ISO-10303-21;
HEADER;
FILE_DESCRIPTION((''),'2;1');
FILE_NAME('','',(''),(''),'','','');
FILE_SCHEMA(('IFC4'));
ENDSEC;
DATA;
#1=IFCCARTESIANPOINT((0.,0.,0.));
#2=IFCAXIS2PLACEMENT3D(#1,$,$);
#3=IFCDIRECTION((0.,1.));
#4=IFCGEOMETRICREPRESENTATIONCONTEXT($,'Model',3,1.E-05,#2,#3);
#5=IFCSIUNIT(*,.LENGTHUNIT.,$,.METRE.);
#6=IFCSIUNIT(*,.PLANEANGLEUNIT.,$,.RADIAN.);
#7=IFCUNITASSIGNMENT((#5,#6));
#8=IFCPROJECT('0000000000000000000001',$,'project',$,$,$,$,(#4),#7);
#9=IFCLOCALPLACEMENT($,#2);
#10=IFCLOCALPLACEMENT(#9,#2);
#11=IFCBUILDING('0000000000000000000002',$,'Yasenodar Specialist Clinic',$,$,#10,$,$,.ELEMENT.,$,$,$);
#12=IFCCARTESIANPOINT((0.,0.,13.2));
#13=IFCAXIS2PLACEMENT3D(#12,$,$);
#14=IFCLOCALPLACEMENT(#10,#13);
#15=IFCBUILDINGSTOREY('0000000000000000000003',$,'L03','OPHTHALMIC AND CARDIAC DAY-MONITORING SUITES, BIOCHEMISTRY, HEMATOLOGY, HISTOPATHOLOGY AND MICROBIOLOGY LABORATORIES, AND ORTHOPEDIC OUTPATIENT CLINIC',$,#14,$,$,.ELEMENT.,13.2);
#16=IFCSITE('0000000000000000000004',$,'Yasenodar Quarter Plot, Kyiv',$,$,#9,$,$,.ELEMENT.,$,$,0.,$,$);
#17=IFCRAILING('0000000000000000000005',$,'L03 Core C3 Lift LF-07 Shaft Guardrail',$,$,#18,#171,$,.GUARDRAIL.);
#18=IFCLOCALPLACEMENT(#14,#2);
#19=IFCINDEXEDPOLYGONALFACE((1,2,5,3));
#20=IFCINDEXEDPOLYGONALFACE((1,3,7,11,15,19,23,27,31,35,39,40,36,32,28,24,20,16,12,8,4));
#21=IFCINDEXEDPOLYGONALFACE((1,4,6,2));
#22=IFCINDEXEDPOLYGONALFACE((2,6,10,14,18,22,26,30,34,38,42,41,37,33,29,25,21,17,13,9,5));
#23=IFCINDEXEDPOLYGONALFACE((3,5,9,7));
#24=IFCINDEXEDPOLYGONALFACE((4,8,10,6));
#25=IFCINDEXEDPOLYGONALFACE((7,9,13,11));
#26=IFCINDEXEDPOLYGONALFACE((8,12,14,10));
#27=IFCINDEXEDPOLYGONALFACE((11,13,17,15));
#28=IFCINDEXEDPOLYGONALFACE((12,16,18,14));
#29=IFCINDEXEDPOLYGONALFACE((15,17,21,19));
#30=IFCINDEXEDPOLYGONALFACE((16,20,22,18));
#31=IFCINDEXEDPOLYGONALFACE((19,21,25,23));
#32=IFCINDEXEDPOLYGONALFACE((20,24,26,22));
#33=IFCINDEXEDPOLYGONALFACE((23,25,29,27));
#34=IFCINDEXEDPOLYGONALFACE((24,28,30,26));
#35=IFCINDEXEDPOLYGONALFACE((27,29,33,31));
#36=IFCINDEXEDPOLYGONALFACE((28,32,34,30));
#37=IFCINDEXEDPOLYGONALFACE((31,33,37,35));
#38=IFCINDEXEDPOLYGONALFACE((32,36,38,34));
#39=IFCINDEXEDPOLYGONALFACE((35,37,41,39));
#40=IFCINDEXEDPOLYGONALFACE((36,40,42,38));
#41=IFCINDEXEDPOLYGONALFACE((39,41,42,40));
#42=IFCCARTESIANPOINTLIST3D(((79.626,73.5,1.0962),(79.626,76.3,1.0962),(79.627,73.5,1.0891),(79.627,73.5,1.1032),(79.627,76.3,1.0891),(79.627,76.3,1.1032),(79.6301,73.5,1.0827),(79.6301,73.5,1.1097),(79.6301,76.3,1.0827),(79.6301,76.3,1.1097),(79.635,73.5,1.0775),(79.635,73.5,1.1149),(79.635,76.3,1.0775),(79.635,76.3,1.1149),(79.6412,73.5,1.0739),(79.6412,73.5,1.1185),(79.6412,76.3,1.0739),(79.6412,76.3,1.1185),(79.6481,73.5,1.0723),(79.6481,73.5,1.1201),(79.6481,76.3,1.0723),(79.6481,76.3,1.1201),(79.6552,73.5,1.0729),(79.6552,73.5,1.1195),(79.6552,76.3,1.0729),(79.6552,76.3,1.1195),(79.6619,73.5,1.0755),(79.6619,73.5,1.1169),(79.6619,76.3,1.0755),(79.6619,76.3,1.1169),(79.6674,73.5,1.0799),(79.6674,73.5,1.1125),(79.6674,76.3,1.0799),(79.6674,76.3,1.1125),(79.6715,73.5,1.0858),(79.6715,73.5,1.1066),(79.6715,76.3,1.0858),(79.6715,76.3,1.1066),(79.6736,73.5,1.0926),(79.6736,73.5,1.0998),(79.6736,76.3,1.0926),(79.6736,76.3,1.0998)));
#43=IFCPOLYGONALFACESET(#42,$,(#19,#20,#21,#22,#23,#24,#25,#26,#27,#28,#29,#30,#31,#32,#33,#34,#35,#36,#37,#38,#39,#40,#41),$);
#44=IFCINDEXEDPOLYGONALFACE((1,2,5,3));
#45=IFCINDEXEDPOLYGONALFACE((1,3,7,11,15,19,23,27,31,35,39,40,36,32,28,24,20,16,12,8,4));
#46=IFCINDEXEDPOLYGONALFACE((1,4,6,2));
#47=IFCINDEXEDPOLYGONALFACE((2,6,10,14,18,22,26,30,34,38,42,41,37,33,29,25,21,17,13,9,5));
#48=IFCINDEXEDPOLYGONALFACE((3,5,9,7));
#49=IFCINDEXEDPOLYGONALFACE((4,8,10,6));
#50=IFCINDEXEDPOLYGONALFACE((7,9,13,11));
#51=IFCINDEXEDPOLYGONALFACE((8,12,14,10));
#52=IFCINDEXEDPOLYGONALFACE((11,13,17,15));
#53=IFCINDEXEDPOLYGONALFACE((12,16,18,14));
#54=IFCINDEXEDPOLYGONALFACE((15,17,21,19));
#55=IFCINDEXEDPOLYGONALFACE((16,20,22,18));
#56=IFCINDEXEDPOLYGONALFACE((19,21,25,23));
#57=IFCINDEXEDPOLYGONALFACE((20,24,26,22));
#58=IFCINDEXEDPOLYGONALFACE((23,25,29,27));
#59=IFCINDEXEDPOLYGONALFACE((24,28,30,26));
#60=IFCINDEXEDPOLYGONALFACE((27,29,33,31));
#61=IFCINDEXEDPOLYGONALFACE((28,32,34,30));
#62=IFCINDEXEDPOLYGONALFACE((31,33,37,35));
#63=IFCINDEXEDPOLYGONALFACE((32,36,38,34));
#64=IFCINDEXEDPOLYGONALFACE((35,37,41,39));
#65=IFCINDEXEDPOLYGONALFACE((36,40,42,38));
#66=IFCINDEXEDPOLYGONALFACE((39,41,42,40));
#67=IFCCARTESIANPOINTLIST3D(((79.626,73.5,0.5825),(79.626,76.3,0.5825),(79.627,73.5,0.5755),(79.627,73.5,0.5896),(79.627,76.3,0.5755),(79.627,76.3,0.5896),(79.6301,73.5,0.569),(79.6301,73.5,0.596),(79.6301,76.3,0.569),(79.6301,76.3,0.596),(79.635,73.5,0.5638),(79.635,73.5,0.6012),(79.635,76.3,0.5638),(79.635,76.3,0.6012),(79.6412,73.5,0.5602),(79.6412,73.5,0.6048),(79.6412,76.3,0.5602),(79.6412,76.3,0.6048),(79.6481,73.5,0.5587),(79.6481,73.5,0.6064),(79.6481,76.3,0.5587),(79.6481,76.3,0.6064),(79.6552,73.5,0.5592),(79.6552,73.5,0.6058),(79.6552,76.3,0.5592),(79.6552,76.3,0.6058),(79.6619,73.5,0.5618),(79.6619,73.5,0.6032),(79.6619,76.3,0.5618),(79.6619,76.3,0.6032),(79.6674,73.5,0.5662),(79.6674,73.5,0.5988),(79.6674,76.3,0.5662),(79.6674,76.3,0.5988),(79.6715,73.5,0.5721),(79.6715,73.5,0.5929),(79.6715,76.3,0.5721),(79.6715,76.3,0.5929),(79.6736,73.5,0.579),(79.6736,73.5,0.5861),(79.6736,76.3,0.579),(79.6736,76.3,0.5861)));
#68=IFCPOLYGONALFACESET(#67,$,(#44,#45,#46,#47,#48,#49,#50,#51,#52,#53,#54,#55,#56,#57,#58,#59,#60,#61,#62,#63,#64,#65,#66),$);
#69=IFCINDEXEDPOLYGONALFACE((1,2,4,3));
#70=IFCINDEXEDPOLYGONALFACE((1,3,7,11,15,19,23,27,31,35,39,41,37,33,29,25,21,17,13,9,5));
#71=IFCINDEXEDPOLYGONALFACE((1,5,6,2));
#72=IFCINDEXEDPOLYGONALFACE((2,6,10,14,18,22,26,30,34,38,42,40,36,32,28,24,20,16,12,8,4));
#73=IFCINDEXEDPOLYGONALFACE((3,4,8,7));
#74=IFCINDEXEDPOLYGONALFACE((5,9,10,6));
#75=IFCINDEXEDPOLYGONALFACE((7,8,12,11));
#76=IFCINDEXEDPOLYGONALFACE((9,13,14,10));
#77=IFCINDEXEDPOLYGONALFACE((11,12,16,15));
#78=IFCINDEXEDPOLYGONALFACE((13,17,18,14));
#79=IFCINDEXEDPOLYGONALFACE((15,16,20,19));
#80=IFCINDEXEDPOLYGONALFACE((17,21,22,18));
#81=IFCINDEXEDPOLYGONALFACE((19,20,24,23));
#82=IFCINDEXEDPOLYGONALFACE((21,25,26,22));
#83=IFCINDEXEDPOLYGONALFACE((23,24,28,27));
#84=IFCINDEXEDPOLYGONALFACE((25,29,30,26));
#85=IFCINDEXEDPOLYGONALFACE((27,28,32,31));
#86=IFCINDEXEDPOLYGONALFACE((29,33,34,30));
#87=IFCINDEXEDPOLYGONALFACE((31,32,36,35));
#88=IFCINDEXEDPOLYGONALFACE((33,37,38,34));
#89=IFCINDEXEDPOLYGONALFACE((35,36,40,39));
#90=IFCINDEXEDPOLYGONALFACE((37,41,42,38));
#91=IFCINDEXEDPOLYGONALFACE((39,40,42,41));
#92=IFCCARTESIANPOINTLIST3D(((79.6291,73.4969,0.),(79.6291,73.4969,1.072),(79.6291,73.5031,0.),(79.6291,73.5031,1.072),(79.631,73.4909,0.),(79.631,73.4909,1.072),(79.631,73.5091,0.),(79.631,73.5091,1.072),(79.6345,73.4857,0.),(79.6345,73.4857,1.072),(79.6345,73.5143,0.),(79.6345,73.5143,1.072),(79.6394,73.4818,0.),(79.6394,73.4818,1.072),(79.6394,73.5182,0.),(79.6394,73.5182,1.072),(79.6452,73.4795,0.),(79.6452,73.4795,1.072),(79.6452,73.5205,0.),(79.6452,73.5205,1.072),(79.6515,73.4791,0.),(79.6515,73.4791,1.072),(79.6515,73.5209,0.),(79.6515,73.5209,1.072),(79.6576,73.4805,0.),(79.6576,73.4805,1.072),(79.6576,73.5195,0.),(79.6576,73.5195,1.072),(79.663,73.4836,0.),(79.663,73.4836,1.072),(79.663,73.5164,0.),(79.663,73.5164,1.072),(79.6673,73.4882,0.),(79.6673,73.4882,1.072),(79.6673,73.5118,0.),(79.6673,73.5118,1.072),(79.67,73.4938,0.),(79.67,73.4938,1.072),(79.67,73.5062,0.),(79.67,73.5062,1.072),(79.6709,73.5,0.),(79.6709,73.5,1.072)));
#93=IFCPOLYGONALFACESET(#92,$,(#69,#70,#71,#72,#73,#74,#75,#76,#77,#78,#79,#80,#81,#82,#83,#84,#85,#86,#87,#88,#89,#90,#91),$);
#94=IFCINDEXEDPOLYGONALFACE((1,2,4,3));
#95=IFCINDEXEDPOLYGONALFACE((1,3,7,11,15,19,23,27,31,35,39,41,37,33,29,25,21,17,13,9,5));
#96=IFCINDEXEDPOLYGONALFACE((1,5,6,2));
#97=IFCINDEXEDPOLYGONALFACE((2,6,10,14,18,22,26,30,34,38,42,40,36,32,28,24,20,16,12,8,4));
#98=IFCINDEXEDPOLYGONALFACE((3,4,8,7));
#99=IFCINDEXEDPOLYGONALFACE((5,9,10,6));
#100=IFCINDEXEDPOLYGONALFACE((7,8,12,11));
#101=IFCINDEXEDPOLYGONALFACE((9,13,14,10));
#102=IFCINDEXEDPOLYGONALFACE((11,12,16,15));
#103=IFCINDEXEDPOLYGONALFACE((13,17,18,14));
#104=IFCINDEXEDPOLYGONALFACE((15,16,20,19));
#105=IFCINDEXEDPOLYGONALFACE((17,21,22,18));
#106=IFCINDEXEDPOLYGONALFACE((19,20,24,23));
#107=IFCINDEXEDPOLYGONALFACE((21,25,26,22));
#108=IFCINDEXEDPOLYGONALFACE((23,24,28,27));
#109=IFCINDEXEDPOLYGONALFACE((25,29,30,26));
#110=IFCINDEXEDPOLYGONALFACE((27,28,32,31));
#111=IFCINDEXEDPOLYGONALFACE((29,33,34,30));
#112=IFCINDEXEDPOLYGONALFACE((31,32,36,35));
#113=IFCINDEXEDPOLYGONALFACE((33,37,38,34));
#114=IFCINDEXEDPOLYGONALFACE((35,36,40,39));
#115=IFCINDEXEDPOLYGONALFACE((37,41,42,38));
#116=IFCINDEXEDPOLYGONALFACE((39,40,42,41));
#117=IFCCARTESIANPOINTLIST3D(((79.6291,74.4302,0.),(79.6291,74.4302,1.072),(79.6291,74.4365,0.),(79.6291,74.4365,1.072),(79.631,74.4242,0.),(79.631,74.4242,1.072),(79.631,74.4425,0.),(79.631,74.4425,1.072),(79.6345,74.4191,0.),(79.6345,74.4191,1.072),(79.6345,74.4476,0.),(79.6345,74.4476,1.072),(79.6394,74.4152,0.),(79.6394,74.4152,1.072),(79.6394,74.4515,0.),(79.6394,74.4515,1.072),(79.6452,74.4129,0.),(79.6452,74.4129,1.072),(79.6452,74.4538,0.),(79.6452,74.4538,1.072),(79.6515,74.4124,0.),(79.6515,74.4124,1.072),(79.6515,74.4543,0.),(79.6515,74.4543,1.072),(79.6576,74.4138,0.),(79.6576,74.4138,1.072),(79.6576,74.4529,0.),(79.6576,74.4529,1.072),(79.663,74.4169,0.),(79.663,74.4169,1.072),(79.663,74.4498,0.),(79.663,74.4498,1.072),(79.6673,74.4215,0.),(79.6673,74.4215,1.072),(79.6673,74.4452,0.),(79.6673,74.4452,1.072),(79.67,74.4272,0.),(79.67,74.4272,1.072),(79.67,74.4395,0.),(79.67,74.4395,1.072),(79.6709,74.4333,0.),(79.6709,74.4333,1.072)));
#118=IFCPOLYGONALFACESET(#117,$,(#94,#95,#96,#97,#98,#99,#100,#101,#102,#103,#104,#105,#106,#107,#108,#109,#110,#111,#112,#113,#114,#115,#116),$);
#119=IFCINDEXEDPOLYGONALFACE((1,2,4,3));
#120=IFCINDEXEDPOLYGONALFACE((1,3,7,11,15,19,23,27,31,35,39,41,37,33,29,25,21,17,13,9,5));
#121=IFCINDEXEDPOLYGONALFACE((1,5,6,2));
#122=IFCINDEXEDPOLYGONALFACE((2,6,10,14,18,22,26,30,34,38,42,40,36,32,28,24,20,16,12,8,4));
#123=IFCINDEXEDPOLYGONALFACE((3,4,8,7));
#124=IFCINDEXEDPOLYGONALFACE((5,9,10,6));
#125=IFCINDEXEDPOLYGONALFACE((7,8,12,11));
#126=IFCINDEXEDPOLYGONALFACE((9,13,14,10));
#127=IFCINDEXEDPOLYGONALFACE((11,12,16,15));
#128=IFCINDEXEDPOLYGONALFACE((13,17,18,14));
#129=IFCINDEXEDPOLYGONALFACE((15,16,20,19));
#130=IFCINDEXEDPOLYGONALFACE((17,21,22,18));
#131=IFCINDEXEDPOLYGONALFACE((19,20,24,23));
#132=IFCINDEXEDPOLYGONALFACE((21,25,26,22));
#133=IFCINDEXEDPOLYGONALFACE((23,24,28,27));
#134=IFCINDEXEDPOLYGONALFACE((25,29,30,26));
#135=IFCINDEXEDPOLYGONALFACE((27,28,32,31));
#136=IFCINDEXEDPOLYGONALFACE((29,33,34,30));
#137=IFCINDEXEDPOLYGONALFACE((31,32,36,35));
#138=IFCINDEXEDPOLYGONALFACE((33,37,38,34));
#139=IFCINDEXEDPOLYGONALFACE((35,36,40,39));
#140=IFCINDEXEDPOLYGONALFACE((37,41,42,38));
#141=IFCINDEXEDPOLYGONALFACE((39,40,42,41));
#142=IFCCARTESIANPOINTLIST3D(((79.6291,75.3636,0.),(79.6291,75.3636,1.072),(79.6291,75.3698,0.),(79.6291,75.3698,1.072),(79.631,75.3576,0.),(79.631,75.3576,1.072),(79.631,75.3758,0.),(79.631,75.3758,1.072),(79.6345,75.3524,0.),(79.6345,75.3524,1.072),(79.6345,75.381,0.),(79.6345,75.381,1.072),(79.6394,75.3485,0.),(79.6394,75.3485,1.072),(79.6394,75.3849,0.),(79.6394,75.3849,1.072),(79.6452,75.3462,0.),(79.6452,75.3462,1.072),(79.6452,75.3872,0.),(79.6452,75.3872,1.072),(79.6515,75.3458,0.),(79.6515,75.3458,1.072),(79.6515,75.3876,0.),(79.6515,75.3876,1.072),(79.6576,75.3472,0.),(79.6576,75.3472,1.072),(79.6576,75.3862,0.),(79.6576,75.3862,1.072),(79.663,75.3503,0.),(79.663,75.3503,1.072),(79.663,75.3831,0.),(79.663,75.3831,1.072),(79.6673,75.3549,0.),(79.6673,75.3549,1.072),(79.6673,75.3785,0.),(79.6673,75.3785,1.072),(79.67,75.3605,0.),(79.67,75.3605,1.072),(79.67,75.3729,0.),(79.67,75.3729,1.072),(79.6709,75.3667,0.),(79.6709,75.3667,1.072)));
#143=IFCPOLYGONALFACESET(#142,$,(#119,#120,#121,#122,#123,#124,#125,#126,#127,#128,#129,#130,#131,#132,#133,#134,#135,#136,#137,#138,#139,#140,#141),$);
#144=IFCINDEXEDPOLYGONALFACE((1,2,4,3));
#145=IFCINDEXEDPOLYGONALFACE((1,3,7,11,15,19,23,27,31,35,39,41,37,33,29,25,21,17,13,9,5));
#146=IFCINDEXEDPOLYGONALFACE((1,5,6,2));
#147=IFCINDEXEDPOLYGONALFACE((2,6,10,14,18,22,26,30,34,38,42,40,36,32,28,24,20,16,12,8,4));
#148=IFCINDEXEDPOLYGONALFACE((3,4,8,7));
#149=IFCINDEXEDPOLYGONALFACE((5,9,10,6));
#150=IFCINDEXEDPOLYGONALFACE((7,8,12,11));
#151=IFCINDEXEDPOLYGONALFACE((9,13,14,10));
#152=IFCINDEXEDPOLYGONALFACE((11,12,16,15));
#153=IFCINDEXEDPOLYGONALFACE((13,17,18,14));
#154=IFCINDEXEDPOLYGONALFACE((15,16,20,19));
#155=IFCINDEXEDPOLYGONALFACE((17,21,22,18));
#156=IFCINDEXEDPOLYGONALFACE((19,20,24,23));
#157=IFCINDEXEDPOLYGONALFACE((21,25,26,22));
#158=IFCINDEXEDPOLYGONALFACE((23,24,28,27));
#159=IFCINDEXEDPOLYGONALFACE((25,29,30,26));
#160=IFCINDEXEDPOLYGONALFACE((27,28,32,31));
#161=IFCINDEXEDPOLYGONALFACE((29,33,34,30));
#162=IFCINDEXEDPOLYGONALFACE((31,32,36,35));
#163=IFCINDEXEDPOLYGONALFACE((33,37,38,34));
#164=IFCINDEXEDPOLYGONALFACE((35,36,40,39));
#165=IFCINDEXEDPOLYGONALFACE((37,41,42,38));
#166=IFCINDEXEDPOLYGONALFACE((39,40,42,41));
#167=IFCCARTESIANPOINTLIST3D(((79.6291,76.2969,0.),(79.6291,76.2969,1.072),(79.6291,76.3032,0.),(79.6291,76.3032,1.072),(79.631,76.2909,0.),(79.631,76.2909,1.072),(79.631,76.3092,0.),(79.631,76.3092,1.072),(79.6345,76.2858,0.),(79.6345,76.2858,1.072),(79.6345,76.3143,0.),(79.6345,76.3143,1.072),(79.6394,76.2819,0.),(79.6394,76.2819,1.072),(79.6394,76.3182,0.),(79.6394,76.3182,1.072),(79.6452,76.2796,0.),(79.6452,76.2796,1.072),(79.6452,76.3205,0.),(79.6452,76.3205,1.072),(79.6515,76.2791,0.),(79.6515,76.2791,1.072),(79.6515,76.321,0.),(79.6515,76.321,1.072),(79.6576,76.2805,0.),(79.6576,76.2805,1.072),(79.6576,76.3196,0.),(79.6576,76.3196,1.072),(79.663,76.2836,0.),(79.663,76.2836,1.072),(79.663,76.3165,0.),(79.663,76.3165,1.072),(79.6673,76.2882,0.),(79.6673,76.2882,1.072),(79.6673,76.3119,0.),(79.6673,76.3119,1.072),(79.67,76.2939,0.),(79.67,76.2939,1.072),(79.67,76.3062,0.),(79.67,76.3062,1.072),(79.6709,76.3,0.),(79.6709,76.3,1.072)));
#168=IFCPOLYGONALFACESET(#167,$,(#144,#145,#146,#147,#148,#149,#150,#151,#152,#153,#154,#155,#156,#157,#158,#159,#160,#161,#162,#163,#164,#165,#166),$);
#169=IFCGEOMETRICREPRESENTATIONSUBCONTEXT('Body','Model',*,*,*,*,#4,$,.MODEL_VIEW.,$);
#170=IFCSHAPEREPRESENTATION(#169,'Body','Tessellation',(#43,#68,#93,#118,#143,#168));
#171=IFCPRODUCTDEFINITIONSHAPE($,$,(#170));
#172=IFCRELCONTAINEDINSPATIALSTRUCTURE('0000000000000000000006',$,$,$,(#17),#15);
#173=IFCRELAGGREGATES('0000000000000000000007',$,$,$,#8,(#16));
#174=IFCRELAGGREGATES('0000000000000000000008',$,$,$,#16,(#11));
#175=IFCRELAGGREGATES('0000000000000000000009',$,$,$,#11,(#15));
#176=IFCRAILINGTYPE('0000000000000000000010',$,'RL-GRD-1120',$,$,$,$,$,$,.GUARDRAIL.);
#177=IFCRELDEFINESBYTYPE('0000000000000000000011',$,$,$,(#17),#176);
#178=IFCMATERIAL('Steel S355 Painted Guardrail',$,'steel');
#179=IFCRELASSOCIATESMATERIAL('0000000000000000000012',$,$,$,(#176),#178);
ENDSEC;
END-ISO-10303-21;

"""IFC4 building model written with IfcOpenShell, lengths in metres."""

from ifc_helpers import new_model, si_unit, direction, frame, origin, origin_2d, place, context, subcontext, project, spatial, circle, extrude, material, type_object, element, save


model = new_model("IFC4")

# Units and contexts
model_context = context("Model", 3, precision=1e-05, world=origin(), true_north=direction((0.0, 1.0)))
body_context = subcontext(model_context, "Body", "Model", "MODEL_VIEW")
ifc_project = project(units=[si_unit("LENGTHUNIT", "METRE"), si_unit("PLANEANGLEUNIT", "RADIAN")], contexts=[model_context])

# Site, building, storey
site_placement = place(None, origin())
site = spatial("IfcSite", under=ifc_project, at=site_placement, Name="Yasenodar Quarter Plot, Kyiv", CompositionType="ELEMENT", RefElevation=0.0)
building_placement = place(site_placement, origin())
building = spatial("IfcBuilding", under=site, at=building_placement, Name="Yasenodar Specialist Clinic", CompositionType="ELEMENT")
storey_placement = place(building_placement, frame((0.0, 0.0, 13.2)))
storey = spatial("IfcBuildingStorey", under=building, at=storey_placement, Name="L03", Description="OPHTHALMIC AND CARDIAC DAY-MONITORING SUITES, BIOCHEMISTRY, HEMATOLOGY, HISTOPATHOLOGY AND MICROBIOLOGY LABORATORIES, AND ORTHOPEDIC OUTPATIENT CLINIC", CompositionType="ELEMENT", Elevation=13.2)

# Railing
ifc_material_1 = material(Name="Steel S355 Painted Guardrail", Category="steel")
railing_type = type_object("IfcRailingType", Name="RL-GRD-1120", PredefinedType="GUARDRAIL", material=ifc_material_1)
railing_placement = place(storey_placement, frame((79.6499, 73.5, 0.0)))
element("IfcRailing", 1, at=railing_placement, inside=storey, type_object=railing_type, Name="L03 Core C3 Lift LF-07 Shaft Guardrail", PredefinedType="GUARDRAIL", context=body_context, shape_type="SweptSolid", body=[
    extrude(circle(Radius=0.0239, at=origin_2d()), frame((0.0, 0.0, 1.0962), z_axis=(0.0, 1.0, 0.0), x_axis=(-1.0, 0.0, 0.0)), (0.0, 0.0, 1.0), 2.8),
    extrude(circle(Radius=0.0239, at=origin_2d()), frame((0.0, 0.0, 0.5825), z_axis=(0.0, 1.0, 0.0), x_axis=(-1.0, 0.0, 0.0)), (0.0, 0.0, 1.0), 2.8),
    extrude(circle(Radius=0.021, at=origin_2d()), origin(), (0.0, 0.0, 1.0), 1.072),
    extrude(circle(Radius=0.021, at=origin_2d()), frame((0.0, 0.9333, 0.0)), (0.0, 0.0, 1.0), 1.072),
    extrude(circle(Radius=0.021, at=origin_2d()), frame((0.0, 1.8667, 0.0)), (0.0, 0.0, 1.0), 1.072),
    extrude(circle(Radius=0.021, at=origin_2d()), frame((0.0, 2.8, 0.0)), (0.0, 0.0, 1.0), 1.072),
])

save(model, "model.ifc")
